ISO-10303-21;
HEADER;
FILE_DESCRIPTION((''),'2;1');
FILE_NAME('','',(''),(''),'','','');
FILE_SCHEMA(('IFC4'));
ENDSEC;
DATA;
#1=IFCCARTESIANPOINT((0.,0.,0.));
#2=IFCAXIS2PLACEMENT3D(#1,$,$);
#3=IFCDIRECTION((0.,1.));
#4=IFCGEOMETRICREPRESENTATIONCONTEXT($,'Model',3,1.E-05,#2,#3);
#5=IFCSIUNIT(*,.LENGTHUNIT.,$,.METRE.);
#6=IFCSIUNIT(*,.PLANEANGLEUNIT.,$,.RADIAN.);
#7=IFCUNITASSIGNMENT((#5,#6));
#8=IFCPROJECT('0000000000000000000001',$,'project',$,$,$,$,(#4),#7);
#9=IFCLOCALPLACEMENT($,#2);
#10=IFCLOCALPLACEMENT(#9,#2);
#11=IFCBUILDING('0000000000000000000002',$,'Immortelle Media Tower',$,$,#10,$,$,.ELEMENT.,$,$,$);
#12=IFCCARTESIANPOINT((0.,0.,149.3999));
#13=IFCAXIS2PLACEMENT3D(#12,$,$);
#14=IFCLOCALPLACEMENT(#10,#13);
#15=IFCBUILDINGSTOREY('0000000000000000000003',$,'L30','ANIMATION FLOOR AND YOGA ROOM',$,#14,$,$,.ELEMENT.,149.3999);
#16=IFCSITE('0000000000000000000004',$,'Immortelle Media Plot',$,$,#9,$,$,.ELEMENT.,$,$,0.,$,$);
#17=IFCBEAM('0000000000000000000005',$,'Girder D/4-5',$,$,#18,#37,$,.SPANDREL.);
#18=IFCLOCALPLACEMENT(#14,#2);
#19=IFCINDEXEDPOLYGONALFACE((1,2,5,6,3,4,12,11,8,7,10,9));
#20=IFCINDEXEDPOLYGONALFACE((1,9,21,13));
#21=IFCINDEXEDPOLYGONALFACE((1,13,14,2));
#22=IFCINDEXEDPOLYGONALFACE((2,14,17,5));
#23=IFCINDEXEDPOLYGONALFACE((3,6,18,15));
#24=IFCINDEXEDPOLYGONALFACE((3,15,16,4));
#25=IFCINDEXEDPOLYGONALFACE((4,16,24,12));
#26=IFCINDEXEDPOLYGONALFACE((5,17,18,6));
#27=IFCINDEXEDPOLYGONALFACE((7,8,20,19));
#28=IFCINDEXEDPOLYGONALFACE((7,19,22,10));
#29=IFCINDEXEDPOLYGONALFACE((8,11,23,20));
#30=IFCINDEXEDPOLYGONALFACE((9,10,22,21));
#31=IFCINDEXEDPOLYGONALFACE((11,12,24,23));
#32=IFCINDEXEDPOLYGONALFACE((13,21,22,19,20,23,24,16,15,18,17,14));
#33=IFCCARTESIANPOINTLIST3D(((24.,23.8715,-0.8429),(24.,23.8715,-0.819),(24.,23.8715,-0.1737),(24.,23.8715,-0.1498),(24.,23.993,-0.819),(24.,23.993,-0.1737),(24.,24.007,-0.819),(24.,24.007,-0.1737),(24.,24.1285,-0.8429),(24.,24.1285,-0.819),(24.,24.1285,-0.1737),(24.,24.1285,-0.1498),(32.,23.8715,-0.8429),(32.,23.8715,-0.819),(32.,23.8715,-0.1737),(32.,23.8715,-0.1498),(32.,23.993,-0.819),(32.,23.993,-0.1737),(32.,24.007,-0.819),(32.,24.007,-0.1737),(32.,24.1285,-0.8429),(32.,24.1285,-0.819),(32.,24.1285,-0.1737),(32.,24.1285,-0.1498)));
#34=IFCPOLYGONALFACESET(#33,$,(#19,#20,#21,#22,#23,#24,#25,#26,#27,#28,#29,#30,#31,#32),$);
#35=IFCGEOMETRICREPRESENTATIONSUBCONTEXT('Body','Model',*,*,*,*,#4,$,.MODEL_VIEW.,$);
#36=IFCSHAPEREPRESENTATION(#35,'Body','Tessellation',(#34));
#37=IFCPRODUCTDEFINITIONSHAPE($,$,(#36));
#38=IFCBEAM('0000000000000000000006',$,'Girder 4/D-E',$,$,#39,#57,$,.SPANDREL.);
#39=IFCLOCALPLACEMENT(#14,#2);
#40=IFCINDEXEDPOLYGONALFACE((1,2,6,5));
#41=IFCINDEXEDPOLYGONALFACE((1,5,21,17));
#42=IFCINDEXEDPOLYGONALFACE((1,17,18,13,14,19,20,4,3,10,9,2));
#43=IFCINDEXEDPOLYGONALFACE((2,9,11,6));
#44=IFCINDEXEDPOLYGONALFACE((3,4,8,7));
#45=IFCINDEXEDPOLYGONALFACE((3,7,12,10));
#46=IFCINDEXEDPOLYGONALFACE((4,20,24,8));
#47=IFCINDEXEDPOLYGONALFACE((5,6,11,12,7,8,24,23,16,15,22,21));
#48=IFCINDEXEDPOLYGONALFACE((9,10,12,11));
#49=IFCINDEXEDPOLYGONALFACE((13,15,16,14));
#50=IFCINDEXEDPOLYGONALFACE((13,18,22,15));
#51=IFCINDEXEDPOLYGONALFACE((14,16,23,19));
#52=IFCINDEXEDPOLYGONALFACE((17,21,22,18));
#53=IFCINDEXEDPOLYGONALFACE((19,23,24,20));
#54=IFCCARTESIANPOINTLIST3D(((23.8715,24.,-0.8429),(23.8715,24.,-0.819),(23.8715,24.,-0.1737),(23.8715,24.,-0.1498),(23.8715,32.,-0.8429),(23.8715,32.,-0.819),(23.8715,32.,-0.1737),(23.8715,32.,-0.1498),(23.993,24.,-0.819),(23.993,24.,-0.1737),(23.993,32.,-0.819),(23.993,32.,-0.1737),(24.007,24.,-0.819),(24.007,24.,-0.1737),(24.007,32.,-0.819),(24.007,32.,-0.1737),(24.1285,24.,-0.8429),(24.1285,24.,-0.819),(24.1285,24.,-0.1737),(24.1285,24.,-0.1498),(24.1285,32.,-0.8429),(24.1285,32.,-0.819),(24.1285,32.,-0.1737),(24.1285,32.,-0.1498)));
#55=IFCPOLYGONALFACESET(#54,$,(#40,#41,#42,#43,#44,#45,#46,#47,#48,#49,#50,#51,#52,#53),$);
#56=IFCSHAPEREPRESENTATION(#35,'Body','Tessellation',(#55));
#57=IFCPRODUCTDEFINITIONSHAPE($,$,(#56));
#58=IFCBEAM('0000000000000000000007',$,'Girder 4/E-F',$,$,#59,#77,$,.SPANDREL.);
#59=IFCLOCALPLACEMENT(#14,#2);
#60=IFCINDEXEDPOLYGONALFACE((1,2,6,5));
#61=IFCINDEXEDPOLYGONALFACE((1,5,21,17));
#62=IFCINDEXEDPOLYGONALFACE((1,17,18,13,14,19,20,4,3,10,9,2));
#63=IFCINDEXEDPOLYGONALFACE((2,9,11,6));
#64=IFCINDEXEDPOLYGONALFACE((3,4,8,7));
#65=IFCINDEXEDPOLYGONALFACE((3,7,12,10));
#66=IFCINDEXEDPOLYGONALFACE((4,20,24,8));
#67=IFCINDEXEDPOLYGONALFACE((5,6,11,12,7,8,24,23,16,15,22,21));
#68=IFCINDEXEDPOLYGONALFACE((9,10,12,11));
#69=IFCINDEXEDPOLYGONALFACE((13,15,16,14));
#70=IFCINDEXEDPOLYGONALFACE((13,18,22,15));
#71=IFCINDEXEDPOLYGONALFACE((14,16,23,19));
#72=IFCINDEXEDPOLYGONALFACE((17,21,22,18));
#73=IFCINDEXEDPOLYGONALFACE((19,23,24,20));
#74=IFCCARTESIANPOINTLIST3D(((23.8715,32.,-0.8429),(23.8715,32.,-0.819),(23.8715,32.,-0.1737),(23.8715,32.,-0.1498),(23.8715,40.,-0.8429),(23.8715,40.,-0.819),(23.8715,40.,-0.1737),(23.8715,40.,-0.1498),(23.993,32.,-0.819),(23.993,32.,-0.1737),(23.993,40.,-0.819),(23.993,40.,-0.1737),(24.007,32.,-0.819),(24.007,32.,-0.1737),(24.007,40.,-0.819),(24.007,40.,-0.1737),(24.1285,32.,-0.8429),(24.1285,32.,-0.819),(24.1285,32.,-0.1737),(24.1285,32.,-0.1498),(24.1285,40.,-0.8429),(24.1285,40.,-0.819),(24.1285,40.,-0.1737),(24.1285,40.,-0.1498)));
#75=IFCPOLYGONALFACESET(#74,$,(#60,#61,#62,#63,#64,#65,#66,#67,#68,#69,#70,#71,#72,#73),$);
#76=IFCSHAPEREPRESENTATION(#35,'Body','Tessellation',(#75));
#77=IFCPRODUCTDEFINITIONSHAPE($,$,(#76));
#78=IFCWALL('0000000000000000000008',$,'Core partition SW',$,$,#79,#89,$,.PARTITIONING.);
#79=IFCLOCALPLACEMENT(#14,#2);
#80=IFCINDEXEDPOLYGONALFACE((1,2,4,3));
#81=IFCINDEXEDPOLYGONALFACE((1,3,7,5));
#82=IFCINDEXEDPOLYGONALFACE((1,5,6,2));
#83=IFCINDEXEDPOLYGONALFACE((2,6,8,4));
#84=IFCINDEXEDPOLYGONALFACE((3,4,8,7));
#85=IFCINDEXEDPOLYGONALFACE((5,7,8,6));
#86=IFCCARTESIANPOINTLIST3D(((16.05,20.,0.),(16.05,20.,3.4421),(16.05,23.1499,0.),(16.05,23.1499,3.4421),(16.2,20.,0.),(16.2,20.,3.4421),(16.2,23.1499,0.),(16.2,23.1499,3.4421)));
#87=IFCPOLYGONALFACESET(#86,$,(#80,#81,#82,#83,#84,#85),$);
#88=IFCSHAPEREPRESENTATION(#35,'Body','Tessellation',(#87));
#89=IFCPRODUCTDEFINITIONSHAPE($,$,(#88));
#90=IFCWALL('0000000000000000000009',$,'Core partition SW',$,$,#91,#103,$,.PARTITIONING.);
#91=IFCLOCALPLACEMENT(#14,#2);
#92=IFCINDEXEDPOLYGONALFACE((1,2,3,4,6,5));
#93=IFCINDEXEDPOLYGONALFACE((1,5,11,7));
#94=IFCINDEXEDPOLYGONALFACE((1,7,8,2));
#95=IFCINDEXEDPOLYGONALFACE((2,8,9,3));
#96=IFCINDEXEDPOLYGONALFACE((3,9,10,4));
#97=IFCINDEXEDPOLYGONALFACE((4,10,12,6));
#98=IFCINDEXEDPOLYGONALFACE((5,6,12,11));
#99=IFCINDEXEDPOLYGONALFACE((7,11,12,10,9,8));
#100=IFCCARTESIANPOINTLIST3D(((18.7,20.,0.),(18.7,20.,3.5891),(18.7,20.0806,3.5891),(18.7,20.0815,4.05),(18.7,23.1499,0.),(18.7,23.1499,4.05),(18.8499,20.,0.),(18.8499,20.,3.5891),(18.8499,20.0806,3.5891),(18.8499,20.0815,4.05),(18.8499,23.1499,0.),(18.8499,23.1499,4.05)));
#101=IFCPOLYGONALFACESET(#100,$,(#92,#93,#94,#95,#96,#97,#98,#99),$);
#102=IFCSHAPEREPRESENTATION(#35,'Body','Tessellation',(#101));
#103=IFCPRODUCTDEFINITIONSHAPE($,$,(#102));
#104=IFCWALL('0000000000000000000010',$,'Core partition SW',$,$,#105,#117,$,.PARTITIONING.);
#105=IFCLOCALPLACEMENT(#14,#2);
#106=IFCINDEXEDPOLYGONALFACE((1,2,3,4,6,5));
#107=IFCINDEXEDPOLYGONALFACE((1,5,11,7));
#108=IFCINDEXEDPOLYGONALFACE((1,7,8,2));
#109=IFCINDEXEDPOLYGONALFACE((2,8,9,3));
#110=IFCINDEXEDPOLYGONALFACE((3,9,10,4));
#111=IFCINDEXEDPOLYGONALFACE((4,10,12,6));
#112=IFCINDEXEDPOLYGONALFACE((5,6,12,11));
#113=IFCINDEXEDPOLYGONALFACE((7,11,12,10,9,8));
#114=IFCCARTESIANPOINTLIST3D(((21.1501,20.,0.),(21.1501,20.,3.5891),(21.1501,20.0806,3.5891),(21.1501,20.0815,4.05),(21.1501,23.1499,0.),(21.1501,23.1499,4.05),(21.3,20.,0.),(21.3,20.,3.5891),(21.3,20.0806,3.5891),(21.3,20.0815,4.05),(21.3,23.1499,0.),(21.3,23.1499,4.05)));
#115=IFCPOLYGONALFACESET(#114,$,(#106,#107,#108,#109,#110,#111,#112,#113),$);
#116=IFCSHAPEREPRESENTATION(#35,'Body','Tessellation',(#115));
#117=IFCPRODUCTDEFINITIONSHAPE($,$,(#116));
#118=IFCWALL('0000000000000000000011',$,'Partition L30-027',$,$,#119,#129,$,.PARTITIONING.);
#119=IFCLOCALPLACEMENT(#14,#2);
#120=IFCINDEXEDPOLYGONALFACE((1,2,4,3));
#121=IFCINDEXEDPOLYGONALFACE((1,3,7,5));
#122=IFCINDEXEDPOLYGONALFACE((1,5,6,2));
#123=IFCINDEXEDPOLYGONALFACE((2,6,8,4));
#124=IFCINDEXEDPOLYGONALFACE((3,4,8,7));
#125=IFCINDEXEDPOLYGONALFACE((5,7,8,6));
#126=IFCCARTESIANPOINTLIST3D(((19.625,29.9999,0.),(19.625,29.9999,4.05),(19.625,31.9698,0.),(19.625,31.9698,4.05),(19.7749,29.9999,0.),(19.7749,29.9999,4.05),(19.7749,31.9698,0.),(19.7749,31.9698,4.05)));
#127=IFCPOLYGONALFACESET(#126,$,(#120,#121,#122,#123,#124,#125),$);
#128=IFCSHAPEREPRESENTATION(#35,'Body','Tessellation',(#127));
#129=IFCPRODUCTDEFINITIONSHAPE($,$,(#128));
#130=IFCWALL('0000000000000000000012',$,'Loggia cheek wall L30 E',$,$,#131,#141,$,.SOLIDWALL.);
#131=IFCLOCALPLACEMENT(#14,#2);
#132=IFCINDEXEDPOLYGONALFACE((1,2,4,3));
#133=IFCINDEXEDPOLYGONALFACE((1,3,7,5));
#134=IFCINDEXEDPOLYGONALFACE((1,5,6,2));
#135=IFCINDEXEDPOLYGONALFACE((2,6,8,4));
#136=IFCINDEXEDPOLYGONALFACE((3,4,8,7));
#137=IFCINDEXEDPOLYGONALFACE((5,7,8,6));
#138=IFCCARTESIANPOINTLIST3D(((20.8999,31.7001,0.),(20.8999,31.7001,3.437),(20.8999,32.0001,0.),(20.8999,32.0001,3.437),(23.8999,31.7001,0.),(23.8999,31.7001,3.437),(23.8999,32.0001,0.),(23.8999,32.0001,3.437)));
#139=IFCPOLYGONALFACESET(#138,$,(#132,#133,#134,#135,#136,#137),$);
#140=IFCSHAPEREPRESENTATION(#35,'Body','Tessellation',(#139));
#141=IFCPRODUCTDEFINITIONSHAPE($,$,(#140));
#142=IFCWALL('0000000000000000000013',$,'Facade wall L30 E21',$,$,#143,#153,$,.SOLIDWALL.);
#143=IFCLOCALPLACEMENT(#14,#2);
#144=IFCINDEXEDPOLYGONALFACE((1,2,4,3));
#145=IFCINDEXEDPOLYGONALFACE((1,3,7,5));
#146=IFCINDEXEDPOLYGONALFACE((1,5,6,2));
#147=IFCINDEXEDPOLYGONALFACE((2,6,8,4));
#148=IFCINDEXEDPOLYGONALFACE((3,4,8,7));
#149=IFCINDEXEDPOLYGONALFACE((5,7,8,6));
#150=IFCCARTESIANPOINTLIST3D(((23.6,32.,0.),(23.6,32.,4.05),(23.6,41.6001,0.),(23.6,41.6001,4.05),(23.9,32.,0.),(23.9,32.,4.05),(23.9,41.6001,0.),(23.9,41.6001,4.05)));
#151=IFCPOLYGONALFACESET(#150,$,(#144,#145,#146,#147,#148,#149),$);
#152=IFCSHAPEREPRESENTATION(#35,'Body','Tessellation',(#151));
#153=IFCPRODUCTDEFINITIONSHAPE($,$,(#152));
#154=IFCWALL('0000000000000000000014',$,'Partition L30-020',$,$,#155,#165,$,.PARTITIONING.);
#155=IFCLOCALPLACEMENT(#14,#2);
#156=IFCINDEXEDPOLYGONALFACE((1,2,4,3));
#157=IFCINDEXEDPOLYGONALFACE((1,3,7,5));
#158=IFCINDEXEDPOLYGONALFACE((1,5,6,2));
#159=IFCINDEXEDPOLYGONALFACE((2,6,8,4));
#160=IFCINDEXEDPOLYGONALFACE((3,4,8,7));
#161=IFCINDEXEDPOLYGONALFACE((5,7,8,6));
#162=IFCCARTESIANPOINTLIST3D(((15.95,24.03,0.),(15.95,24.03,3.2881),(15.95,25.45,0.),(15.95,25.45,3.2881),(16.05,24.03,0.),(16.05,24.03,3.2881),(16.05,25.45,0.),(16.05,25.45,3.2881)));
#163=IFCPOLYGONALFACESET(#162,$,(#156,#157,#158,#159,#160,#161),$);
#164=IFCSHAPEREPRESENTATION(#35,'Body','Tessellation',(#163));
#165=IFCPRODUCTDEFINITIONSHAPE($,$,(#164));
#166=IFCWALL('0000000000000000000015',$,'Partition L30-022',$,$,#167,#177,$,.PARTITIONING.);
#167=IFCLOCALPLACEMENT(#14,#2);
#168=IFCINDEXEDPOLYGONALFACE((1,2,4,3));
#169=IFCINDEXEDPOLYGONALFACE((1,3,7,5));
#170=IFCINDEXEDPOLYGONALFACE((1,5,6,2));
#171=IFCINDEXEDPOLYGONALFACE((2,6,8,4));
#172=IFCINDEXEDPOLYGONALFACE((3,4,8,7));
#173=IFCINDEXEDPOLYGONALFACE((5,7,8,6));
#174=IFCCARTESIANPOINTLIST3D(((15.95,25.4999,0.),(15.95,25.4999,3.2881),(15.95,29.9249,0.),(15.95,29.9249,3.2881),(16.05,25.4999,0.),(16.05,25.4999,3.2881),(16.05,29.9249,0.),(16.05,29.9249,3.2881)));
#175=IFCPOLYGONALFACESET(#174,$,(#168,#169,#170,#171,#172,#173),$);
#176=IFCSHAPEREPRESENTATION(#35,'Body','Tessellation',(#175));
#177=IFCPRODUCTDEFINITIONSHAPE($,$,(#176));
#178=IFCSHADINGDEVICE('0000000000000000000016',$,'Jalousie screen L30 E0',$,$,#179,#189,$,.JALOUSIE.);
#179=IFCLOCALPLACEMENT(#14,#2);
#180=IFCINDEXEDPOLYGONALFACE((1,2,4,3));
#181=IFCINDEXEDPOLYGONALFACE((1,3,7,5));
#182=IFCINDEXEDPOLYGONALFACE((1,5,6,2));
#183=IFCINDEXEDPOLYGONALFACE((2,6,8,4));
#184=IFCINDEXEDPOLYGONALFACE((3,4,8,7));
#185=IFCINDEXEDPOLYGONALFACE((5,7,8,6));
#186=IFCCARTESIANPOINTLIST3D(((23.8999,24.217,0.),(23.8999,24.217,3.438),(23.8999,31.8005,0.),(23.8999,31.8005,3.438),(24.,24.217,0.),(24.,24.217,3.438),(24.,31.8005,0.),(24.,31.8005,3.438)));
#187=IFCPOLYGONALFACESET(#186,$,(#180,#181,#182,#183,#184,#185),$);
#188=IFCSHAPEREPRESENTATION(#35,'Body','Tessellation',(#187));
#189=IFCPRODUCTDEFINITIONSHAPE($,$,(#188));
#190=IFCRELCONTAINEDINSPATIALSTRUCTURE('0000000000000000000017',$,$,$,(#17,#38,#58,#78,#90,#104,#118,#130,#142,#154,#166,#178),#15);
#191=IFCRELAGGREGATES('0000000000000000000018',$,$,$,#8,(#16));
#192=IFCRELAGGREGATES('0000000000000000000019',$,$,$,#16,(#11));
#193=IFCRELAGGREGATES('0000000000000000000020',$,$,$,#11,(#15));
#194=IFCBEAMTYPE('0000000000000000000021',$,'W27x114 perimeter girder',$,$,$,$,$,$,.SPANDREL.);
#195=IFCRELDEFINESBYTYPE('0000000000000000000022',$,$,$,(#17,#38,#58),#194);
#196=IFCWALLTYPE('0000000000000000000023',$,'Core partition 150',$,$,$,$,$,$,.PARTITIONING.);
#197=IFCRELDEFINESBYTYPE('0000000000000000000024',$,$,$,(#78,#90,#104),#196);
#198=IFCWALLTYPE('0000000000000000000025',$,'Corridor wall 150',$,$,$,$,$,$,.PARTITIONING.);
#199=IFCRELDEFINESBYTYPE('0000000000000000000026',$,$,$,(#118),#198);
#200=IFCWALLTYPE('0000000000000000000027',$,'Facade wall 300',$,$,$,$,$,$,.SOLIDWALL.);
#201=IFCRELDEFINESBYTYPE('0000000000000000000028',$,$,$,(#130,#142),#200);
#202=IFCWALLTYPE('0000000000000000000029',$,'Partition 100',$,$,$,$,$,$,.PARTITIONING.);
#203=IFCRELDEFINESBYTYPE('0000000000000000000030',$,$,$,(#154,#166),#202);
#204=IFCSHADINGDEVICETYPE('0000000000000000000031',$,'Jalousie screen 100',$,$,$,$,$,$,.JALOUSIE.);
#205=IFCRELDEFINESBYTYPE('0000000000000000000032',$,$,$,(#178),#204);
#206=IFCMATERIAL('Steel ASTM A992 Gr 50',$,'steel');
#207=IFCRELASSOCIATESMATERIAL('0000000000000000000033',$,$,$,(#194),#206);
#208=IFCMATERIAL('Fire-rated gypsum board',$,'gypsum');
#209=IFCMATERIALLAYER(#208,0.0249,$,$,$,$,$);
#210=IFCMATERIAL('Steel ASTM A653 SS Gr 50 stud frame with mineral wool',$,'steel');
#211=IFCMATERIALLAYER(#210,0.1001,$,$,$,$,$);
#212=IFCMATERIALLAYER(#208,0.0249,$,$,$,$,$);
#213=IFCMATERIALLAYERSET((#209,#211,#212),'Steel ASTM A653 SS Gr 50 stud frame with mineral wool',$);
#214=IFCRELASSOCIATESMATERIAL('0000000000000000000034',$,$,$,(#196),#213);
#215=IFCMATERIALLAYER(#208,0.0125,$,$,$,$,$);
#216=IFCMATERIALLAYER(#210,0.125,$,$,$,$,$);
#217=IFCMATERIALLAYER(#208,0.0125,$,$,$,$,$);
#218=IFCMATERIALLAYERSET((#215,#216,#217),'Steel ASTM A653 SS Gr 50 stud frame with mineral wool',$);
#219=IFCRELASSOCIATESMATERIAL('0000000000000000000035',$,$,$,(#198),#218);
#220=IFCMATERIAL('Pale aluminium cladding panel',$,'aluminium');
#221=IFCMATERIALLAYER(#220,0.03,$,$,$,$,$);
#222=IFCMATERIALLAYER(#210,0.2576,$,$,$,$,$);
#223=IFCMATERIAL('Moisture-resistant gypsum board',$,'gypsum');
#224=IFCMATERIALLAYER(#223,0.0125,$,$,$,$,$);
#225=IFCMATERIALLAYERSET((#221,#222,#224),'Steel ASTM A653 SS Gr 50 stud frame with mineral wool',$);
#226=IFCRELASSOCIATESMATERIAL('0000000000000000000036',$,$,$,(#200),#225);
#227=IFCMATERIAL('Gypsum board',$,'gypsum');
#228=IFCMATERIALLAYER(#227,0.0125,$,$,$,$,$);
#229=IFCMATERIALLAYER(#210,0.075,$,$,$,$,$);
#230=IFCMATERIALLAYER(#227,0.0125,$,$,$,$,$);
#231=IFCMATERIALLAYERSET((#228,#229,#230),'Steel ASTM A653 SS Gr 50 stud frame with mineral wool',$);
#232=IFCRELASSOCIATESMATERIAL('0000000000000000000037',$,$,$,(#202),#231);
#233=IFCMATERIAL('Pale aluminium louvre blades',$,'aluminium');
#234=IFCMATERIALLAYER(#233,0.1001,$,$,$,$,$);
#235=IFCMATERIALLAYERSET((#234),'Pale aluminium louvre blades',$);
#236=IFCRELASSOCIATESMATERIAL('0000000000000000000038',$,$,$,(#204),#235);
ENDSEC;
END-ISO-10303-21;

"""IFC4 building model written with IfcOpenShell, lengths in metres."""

from ifc_helpers import new_model, si_unit, direction, frame, frame_2d, origin, origin_2d, place, context, subcontext, project, spatial, polyline, rectangle, i_section, outline, extrude, material, layer, layer_set, material_profile, profile_set, type_object, element, save


model = new_model("IFC4")

# Units and contexts
model_context = context("Model", 3, precision=1e-05, world=origin(), true_north=direction((0.0, 1.0)))
body_context = subcontext(model_context, "Body", "Model", "MODEL_VIEW")
ifc_project = project(units=[si_unit("LENGTHUNIT", "METRE"), si_unit("PLANEANGLEUNIT", "RADIAN")], contexts=[model_context])

# Site, building, storey
site_placement = place(None, origin())
site = spatial("IfcSite", under=ifc_project, at=site_placement, Name="Immortelle Media Plot", CompositionType="ELEMENT", RefElevation=0.0)
building_placement = place(site_placement, origin())
building = spatial("IfcBuilding", under=site, at=building_placement, Name="Immortelle Media Tower", CompositionType="ELEMENT")
storey_placement = place(building_placement, frame((0.0, 0.0, 149.3999)))
storey = spatial("IfcBuildingStorey", under=building, at=storey_placement, Name="L30", Description="ANIMATION FLOOR AND YOGA ROOM", CompositionType="ELEMENT", Elevation=149.3999)

# Shared definitions
ifc_material_1 = material(Name="Steel ASTM A992 Gr 50", Category="steel")

# Beams
ifc_material_profile_1 = material_profile(ifc_material_1, i_section(OverallWidth=0.2571, OverallDepth=0.6931, WebThickness=0.0139, FlangeThickness=0.0239, at=origin_2d()), Name="W27x114")
ifc_profile_set_1 = profile_set([ifc_material_profile_1], Name="Steel ASTM A992 Gr 50")
beam_type_1 = type_object("IfcBeamType", Name="W27x114 perimeter girder", PredefinedType="SPANDREL", material=ifc_profile_set_1)
for number, where, z_axis, x_axis, name in (
    (1, (24.0, 24.0, -0.4963), (1.0, 0.0, 0.0), (0.0, 1.0, 0.0), "Girder D/4-5"),
    (2, (24.0, 24.0, -0.4963), (0.0, 1.0, 0.0), (-1.0, 0.0, 0.0), "Girder 4/D-E"),
    (3, (24.0, 32.0, -0.4963), (0.0, 1.0, 0.0), (-1.0, 0.0, 0.0), "Girder 4/E-F"),
):
    element("IfcBeam", number, at=place(storey_placement, frame(where, z_axis=z_axis, x_axis=x_axis)), inside=storey, type_object=beam_type_1, Name=name, PredefinedType="SPANDREL", context=body_context, shape_type="SweptSolid", body=[
        extrude(i_section(OverallWidth=0.2571, OverallDepth=0.6931, WebThickness=0.0139, FlangeThickness=0.0239, at=origin_2d()), origin(), (0.0, 0.0, 1.0), 8.0),
    ])

# Walls
ifc_material_2 = material(Name="Fire-rated gypsum board", Category="gypsum")
ifc_layer_1 = layer(ifc_material_2, 0.0249)
ifc_material_3 = material(Name="Steel ASTM A653 SS Gr 50 stud frame with mineral wool", Category="steel")
ifc_layer_2 = layer(ifc_material_3, 0.1001)
ifc_layer_3 = layer(ifc_material_2, 0.0249)
ifc_layer_set_1 = layer_set([ifc_layer_1, ifc_layer_2, ifc_layer_3], Name="Steel ASTM A653 SS Gr 50 stud frame with mineral wool")
wall_type_1 = type_object("IfcWallType", Name="Core partition 150", PredefinedType="PARTITIONING", material=ifc_layer_set_1)
wall_1_placement = place(storey_placement, frame((16.125, 20.0, 0.0), z_axis=(0.0, 0.0, 1.0), x_axis=(0.0, 1.0, 0.0)))
element("IfcWall", 4, at=wall_1_placement, inside=storey, type_object=wall_type_1, Name="Core partition SW", PredefinedType="PARTITIONING", context=body_context, shape_type="SweptSolid", body=[
    extrude(rectangle(XDim=3.1499, YDim=0.1499, at=frame_2d((1.575, 0.0))), origin(), (0.0, 0.0, 1.0), 3.4421),
])
for number, where, z_axis, x_axis, name in (
    (5, (18.7749, 20.0, 0.0), (0.0, 0.0, 1.0), (0.0, 1.0, 0.0), "Core partition SW"),
    (6, (21.2251, 20.0, 0.0), (0.0, 0.0, 1.0), (0.0, 1.0, 0.0), "Core partition SW"),
):
    element("IfcWall", number, at=place(storey_placement, frame(where, z_axis=z_axis, x_axis=x_axis)), inside=storey, type_object=wall_type_1, Name=name, PredefinedType="PARTITIONING", context=body_context, shape_type="SweptSolid", body=[
        extrude(outline(polyline([(0.0, 0.0), (3.1499, 0.0), (3.1499, 4.05), (0.0815, 4.05), (0.0806, 3.5891), (0.0, 3.5891), (0.0, 0.0)])), frame((0.0, 0.075, 0.0), z_axis=(0.0, -1.0, 0.0), x_axis=(1.0, 0.0, 0.0)), (0.0, 0.0, 1.0), 0.1499),
    ])
ifc_layer_4 = layer(ifc_material_2, 0.0125)
ifc_layer_5 = layer(ifc_material_3, 0.125)
ifc_layer_6 = layer(ifc_material_2, 0.0125)
ifc_layer_set_2 = layer_set([ifc_layer_4, ifc_layer_5, ifc_layer_6], Name="Steel ASTM A653 SS Gr 50 stud frame with mineral wool")
wall_type_2 = type_object("IfcWallType", Name="Corridor wall 150", PredefinedType="PARTITIONING", material=ifc_layer_set_2)
wall_2_placement = place(storey_placement, frame((19.7, 30.0, 0.0), z_axis=(0.0, 0.0, 1.0), x_axis=(0.0, 1.0, 0.0)))
element("IfcWall", 7, at=wall_2_placement, inside=storey, type_object=wall_type_2, Name="Partition L30-027", PredefinedType="PARTITIONING", context=body_context, shape_type="SweptSolid", body=[
    extrude(rectangle(XDim=1.97, YDim=0.1499, at=frame_2d((0.9849, 0.0))), origin(), (0.0, 0.0, 1.0), 4.05),
])

# Shared definitions
ifc_material_4 = material(Name="Pale aluminium cladding panel", Category="aluminium")
ifc_layer_7 = layer(ifc_material_4, 0.03)
ifc_layer_8 = layer(ifc_material_3, 0.2576)
ifc_material_5 = material(Name="Moisture-resistant gypsum board", Category="gypsum")
ifc_layer_9 = layer(ifc_material_5, 0.0125)
ifc_layer_set_3 = layer_set([ifc_layer_7, ifc_layer_8, ifc_layer_9], Name="Steel ASTM A653 SS Gr 50 stud frame with mineral wool")
wall_type_3 = type_object("IfcWallType", Name="Facade wall 300", PredefinedType="SOLIDWALL", material=ifc_layer_set_3)

# Walls
wall_3_placement = place(storey_placement, frame((23.8999, 31.8501, 0.0), z_axis=(0.0, 0.0, 1.0), x_axis=(-1.0, 0.0, 0.0)))
element("IfcWall", 8, at=wall_3_placement, inside=storey, type_object=wall_type_3, Name="Loggia cheek wall L30 E", PredefinedType="SOLIDWALL", context=body_context, shape_type="SweptSolid", body=[
    extrude(rectangle(XDim=3.0, YDim=0.3, at=frame_2d((1.5, 0.0))), origin(), (0.0, 0.0, 1.0), 3.437),
])
wall_4_placement = place(storey_placement, frame((23.75, 32.0, 0.0), z_axis=(0.0, 0.0, 1.0), x_axis=(0.0, 1.0, 0.0)))
element("IfcWall", 9, at=wall_4_placement, inside=storey, type_object=wall_type_3, Name="Facade wall L30 E21", PredefinedType="SOLIDWALL", context=body_context, shape_type="SweptSolid", body=[
    extrude(rectangle(XDim=9.6001, YDim=0.3, at=frame_2d((4.8, 0.0))), origin(), (0.0, 0.0, 1.0), 4.05),
])
ifc_material_6 = material(Name="Gypsum board", Category="gypsum")
ifc_layer_10 = layer(ifc_material_6, 0.0125)
ifc_layer_11 = layer(ifc_material_3, 0.075)
ifc_layer_12 = layer(ifc_material_6, 0.0125)
ifc_layer_set_4 = layer_set([ifc_layer_10, ifc_layer_11, ifc_layer_12], Name="Steel ASTM A653 SS Gr 50 stud frame with mineral wool")
wall_type_4 = type_object("IfcWallType", Name="Partition 100", PredefinedType="PARTITIONING", material=ifc_layer_set_4)
wall_5_placement = place(storey_placement, frame((16.0, 24.03, 0.0), z_axis=(0.0, 0.0, 1.0), x_axis=(0.0, 1.0, 0.0)))
element("IfcWall", 10, at=wall_5_placement, inside=storey, type_object=wall_type_4, Name="Partition L30-020", PredefinedType="PARTITIONING", context=body_context, shape_type="SweptSolid", body=[
    extrude(rectangle(XDim=1.4199, YDim=0.1001, at=frame_2d((0.71, 0.0))), origin(), (0.0, 0.0, 1.0), 3.2881),
])
wall_6_placement = place(storey_placement, frame((16.0, 25.5, 0.0), z_axis=(0.0, 0.0, 1.0), x_axis=(0.0, 1.0, 0.0)))
element("IfcWall", 11, at=wall_6_placement, inside=storey, type_object=wall_type_4, Name="Partition L30-022", PredefinedType="PARTITIONING", context=body_context, shape_type="SweptSolid", body=[
    extrude(rectangle(XDim=4.425, YDim=0.1001, at=frame_2d((2.2124, 0.0))), origin(), (0.0, 0.0, 1.0), 3.2881),
])

# Shading device
ifc_material_7 = material(Name="Pale aluminium louvre blades", Category="aluminium")
ifc_layer_13 = layer(ifc_material_7, 0.1001)
ifc_layer_set_5 = layer_set([ifc_layer_13], Name="Pale aluminium louvre blades")
shading_device_type_1 = type_object("IfcShadingDeviceType", Name="Jalousie screen 100", PredefinedType="JALOUSIE", material=ifc_layer_set_5)
shading_device_1_placement = place(storey_placement, frame((23.95, 28.0088, 0.0), z_axis=(0.0, 0.0, 1.0), x_axis=(0.0, 1.0, 0.0)))
element("IfcShadingDevice", 12, at=shading_device_1_placement, inside=storey, type_object=shading_device_type_1, Name="Jalousie screen L30 E0", PredefinedType="JALOUSIE", context=body_context, shape_type="SweptSolid", body=[
    extrude(rectangle(XDim=7.5835, YDim=0.1001, at=origin_2d()), origin(), (0.0, 0.0, 1.0), 3.438),
])

save(model, "model.ifc")
